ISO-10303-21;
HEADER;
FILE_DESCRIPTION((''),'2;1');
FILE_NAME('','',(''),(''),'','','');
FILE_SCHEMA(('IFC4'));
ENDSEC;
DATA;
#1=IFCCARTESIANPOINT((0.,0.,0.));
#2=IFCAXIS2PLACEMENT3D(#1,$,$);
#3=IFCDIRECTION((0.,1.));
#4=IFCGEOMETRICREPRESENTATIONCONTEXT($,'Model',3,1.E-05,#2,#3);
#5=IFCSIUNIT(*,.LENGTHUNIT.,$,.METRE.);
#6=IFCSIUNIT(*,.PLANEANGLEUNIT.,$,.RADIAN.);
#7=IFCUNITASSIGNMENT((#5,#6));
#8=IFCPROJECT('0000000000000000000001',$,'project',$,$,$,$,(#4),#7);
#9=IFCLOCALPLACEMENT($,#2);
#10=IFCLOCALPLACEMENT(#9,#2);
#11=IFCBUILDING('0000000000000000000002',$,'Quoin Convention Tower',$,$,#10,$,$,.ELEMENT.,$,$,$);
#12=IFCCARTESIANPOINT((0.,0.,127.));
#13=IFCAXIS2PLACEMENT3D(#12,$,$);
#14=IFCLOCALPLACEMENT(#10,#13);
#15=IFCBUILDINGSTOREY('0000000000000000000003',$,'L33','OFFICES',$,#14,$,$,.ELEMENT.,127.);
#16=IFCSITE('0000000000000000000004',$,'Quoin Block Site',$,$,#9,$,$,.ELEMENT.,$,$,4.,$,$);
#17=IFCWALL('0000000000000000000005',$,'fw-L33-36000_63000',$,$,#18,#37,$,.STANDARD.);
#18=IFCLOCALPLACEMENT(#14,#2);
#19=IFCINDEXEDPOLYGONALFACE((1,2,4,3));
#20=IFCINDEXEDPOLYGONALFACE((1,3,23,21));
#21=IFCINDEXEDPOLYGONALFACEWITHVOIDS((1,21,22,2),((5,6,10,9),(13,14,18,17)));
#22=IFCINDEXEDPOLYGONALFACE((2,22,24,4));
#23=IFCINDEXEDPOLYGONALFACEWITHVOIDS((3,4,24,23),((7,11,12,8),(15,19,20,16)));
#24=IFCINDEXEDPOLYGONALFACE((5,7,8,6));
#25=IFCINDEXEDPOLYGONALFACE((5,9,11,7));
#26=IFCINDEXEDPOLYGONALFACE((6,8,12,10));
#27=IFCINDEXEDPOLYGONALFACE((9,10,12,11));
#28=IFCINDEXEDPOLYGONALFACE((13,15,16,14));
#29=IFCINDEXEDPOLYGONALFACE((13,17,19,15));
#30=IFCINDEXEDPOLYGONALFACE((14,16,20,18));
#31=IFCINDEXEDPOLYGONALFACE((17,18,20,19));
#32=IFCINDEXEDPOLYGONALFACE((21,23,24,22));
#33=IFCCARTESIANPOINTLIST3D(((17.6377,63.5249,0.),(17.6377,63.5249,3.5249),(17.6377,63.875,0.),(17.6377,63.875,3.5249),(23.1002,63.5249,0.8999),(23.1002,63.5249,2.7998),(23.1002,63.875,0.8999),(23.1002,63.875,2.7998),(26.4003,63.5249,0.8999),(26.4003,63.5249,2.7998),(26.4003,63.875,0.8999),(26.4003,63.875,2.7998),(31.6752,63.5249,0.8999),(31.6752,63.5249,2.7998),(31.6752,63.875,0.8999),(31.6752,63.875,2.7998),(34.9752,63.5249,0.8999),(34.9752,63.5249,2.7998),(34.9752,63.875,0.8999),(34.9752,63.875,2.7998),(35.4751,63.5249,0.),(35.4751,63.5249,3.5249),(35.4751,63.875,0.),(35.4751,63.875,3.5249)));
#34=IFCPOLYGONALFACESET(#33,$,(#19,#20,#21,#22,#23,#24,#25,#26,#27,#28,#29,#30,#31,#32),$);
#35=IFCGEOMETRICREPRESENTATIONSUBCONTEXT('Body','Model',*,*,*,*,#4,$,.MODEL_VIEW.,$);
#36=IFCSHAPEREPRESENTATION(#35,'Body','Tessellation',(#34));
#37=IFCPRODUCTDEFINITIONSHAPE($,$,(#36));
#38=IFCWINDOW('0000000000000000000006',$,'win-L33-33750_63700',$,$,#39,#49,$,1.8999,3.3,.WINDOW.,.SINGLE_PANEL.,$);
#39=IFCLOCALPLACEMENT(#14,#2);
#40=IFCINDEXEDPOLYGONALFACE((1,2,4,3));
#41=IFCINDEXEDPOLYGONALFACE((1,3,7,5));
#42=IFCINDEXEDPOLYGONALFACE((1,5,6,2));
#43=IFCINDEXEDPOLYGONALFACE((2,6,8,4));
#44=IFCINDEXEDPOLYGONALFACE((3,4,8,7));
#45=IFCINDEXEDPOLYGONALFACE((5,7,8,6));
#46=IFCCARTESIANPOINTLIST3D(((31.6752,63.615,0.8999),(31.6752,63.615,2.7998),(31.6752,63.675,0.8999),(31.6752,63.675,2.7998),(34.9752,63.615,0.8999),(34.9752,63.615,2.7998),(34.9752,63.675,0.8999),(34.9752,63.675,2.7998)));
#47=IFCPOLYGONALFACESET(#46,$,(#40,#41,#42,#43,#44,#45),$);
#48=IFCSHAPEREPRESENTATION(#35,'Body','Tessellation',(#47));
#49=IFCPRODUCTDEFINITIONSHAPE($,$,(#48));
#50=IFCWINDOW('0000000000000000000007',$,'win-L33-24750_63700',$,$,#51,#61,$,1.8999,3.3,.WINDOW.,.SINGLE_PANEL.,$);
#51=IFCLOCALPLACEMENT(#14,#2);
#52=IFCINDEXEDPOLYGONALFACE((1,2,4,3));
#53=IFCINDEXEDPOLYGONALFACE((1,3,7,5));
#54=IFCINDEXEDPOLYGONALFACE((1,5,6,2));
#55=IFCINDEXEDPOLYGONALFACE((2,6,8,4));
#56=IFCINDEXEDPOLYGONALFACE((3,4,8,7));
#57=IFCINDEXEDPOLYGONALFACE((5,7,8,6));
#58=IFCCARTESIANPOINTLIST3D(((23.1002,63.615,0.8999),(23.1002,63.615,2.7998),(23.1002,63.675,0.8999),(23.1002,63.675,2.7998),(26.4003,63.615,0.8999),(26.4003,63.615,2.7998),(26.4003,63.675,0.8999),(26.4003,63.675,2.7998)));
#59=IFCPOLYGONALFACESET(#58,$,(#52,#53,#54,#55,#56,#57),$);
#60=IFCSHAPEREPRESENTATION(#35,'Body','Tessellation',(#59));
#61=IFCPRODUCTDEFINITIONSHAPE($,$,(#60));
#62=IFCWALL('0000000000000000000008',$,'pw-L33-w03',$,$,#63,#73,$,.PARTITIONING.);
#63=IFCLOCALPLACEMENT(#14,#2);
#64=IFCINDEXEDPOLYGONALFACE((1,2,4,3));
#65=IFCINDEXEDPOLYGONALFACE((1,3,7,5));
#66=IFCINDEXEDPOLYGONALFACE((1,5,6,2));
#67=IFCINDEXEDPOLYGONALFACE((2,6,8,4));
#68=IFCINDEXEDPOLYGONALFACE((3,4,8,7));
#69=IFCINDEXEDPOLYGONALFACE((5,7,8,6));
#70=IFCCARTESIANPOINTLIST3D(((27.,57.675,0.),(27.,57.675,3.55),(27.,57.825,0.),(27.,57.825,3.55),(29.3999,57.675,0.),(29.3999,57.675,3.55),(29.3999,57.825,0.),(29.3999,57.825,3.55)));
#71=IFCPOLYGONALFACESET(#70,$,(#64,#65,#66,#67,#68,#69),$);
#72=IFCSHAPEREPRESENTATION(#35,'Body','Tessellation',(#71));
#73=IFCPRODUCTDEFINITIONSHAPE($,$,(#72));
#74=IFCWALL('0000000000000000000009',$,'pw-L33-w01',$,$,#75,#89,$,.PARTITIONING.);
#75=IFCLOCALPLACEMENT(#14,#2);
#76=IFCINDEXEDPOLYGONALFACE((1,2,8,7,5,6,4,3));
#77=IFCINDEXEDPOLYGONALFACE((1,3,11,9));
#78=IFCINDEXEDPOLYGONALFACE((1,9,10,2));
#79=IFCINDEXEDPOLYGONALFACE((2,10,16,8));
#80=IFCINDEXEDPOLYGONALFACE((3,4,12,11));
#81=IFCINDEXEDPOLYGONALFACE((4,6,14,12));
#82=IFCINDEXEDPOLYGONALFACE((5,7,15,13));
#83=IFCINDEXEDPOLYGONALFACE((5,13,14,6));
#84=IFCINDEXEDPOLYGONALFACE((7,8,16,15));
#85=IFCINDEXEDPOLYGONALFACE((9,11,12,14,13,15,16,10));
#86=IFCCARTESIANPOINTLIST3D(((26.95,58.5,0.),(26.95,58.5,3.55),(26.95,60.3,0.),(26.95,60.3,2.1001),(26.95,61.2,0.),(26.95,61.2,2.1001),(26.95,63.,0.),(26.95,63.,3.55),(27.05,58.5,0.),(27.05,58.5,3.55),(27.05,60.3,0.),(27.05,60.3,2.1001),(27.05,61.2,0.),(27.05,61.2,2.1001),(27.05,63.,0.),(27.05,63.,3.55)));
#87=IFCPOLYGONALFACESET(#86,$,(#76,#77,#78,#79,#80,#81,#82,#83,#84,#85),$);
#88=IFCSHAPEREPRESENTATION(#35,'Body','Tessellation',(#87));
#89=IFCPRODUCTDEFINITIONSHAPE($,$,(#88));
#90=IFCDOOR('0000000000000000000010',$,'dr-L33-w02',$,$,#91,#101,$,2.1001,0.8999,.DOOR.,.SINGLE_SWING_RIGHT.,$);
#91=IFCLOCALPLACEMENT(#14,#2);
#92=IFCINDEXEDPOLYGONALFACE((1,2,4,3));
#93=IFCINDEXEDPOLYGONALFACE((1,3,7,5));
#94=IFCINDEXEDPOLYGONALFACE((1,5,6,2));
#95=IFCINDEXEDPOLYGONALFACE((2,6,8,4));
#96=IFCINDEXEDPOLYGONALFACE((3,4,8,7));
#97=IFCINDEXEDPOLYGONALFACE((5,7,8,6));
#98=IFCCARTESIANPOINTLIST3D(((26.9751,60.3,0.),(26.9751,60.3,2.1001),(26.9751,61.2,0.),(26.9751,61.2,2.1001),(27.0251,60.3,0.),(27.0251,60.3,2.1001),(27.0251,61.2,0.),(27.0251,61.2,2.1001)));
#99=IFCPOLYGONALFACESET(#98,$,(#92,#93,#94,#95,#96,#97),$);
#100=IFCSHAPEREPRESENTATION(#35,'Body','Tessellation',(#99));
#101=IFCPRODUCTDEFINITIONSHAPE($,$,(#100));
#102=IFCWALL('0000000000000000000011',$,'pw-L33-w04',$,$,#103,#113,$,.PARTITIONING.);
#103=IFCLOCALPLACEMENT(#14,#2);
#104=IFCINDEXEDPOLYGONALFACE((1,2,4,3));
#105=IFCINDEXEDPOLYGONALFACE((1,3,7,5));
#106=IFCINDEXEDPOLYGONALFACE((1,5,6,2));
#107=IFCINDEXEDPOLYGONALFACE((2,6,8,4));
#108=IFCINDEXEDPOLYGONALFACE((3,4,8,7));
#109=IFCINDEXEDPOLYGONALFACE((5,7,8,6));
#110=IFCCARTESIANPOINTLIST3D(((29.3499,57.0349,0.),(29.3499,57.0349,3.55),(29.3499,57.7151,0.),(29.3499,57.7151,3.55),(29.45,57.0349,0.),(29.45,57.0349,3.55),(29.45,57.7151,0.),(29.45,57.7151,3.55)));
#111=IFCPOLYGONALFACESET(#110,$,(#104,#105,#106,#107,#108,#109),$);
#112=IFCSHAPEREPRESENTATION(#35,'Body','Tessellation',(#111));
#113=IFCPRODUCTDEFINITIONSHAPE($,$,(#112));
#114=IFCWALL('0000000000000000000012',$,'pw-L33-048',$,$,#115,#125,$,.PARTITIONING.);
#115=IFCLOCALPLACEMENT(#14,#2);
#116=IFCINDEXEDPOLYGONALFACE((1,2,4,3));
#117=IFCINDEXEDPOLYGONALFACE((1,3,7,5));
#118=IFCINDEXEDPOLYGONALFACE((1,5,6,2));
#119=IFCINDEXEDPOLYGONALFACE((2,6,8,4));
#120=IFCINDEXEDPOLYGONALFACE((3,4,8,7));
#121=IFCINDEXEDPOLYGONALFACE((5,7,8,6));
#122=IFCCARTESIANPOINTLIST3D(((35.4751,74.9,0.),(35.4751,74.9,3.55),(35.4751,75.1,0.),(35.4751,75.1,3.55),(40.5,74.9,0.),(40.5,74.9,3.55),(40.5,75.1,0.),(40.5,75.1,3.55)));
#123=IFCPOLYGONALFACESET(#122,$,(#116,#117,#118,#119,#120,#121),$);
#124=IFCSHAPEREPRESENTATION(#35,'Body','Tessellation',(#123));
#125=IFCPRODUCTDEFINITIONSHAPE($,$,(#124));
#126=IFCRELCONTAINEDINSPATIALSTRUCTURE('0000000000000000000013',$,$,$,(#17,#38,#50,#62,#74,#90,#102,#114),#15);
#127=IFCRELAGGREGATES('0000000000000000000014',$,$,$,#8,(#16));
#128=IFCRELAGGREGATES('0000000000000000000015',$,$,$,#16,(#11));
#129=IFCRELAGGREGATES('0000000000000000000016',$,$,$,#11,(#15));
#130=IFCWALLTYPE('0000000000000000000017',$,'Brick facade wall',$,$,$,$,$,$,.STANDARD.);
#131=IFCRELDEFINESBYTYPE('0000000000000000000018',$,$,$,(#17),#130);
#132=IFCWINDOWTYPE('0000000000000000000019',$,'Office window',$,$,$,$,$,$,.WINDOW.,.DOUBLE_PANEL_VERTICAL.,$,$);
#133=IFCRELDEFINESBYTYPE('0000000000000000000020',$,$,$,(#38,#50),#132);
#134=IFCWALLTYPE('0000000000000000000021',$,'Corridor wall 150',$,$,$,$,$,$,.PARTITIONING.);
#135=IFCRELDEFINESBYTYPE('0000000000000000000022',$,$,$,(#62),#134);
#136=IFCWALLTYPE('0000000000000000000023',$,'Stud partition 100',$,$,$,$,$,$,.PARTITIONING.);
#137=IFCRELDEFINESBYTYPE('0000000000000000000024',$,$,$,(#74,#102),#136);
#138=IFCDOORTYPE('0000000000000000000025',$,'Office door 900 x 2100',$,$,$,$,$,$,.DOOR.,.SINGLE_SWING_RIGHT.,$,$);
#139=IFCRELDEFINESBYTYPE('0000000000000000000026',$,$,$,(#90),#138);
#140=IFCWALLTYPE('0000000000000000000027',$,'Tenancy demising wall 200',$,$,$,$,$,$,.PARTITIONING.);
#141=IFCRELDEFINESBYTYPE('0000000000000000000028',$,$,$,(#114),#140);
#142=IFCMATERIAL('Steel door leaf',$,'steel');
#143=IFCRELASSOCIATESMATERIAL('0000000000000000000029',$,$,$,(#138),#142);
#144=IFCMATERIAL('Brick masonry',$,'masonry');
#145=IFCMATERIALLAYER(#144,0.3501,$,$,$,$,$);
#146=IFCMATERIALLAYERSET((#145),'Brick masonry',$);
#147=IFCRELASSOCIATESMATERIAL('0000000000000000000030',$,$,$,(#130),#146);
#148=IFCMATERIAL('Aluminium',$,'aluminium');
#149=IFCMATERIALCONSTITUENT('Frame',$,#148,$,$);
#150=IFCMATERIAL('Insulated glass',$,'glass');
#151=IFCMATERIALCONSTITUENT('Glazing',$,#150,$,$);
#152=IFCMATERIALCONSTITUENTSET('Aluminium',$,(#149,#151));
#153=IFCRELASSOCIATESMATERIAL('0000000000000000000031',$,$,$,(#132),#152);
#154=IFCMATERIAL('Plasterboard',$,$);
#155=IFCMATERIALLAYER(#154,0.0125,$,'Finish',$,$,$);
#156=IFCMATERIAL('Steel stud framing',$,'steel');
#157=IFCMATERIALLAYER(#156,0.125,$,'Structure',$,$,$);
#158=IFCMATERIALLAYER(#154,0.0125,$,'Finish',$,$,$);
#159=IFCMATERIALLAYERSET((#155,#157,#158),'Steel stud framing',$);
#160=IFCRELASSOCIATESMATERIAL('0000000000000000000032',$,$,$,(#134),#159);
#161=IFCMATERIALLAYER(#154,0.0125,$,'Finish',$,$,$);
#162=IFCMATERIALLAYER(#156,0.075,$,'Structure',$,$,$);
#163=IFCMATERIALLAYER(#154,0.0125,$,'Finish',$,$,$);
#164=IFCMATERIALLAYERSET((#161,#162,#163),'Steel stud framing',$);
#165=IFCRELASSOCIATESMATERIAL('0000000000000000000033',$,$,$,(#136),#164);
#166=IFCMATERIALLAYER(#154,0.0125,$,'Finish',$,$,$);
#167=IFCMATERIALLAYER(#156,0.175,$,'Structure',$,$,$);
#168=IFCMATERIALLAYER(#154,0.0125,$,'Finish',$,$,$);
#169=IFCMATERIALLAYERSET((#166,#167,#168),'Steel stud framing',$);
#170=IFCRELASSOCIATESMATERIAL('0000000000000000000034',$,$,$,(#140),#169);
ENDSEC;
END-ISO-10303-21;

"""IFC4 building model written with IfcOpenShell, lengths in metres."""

from ifc_helpers import new_model, si_unit, direction, frame, frame_2d, origin, place, context, subcontext, project, spatial, rectangle, extrude, material, layer, layer_set, constituent, constituent_set, type_object, element, fill, save


model = new_model("IFC4")

# Units and contexts
model_context = context("Model", 3, precision=1e-05, world=origin(), true_north=direction((0.0, 1.0)))
body_context = subcontext(model_context, "Body", "Model", "MODEL_VIEW")
ifc_project = project(units=[si_unit("LENGTHUNIT", "METRE"), si_unit("PLANEANGLEUNIT", "RADIAN")], contexts=[model_context])

# Site, building, storey
site_placement = place(None, origin())
site = spatial("IfcSite", under=ifc_project, at=site_placement, Name="Quoin Block Site", CompositionType="ELEMENT", RefElevation=4.0)
building_placement = place(site_placement, origin())
building = spatial("IfcBuilding", under=site, at=building_placement, Name="Quoin Convention Tower", CompositionType="ELEMENT")
storey_placement = place(building_placement, frame((0.0, 0.0, 127.0)))
storey = spatial("IfcBuildingStorey", under=building, at=storey_placement, Name="L33", Description="OFFICES", CompositionType="ELEMENT", Elevation=127.0)

# Shared definitions
ifc_material_1 = material(Name="Plasterboard")
ifc_material_2 = material(Name="Steel stud framing", Category="steel")
ifc_material_3 = material(Name="Steel door leaf", Category="steel")
door_type = type_object("IfcDoorType", Name="Office door 900 x 2100", OperationType="SINGLE_SWING_RIGHT", PredefinedType="DOOR", material=ifc_material_3)

# Shared definitions
ifc_material_4 = material(Name="Brick masonry", Category="masonry")
ifc_layer_1 = layer(ifc_material_4, 0.3501)
ifc_layer_set_1 = layer_set([ifc_layer_1], Name="Brick masonry")
wall_type_1 = type_object("IfcWallType", Name="Brick facade wall", PredefinedType="STANDARD", material=ifc_layer_set_1)
ifc_material_5 = material(Name="Aluminium", Category="aluminium")
ifc_constituent_1 = constituent(ifc_material_5, Name="Frame")
ifc_material_6 = material(Name="Insulated glass", Category="glass")
ifc_constituent_2 = constituent(ifc_material_6, Name="Glazing")
ifc_constituent_set = constituent_set(constituents=[ifc_constituent_1, ifc_constituent_2], Name="Aluminium")
window_type = type_object("IfcWindowType", Name="Office window", PartitioningType="DOUBLE_PANEL_VERTICAL", PredefinedType="WINDOW", material=ifc_constituent_set)

# Wall, openings, windows
wall_1_placement = place(storey_placement, frame((35.4751, 63.7, 0.0), z_axis=(0.0, 0.0, 1.0), x_axis=(-1.0, 0.0, 0.0)))
wall_1 = element("IfcWall", 1, at=wall_1_placement, inside=storey, type_object=wall_type_1, Name="fw-L33-36000_63000", PredefinedType="STANDARD", context=body_context, shape_type="SweptSolid", body=[
    extrude(rectangle(XDim=17.8374, YDim=0.3501, at=frame_2d((8.9187, 0.0))), origin(), (0.0, 0.0, 1.0), 3.5249),
])
opening_1_placement = place(wall_1_placement, frame((0.5, 0.0, 0.8999)))
opening_1 = element("IfcOpeningElement", 2, at=opening_1_placement, cuts=wall_1, PredefinedType="OPENING", context=body_context, shape_type="SweptSolid", body=[
    extrude(rectangle(XDim=3.3, YDim=1.8999, at=frame_2d((1.6499, 0.95))), frame((0.0, 0.1851, 0.0), z_axis=(0.0, -1.0, 0.0), x_axis=(1.0, 0.0, 0.0)), (0.0, 0.0, 1.0), 0.3701),
])
opening_2_placement = place(wall_1_placement, frame((9.075, 0.0, 0.8999)))
opening_2 = element("IfcOpeningElement", 3, at=opening_2_placement, cuts=wall_1, PredefinedType="OPENING", context=body_context, shape_type="SweptSolid", body=[
    extrude(rectangle(XDim=3.3, YDim=1.8999, at=frame_2d((1.6499, 0.95))), frame((0.0, 0.1851, 0.0), z_axis=(0.0, -1.0, 0.0), x_axis=(1.0, 0.0, 0.0)), (0.0, 0.0, 1.0), 0.3701),
])
window_1_placement = place(opening_1_placement, origin())
window_1 = element("IfcWindow", 4, at=window_1_placement, inside=storey, type_object=window_type, Name="win-L33-33750_63700", OverallHeight=1.8999, OverallWidth=3.3, PartitioningType="SINGLE_PANEL", PredefinedType="WINDOW", context=body_context, shape_type="SweptSolid", body=[
    extrude(rectangle(XDim=3.3, YDim=1.8999, at=frame_2d((1.6499, 0.95))), frame((0.0, 0.085, 0.0), z_axis=(0.0, -1.0, 0.0), x_axis=(1.0, 0.0, 0.0)), (0.0, 0.0, 1.0), 0.0601),
])
fill(opening_1, window_1)
window_2_placement = place(opening_2_placement, origin())
window_2 = element("IfcWindow", 5, at=window_2_placement, inside=storey, type_object=window_type, Name="win-L33-24750_63700", OverallHeight=1.8999, OverallWidth=3.3, PartitioningType="SINGLE_PANEL", PredefinedType="WINDOW", context=body_context, shape_type="SweptSolid", body=[
    extrude(rectangle(XDim=3.3, YDim=1.8999, at=frame_2d((1.6499, 0.95))), frame((0.0, 0.085, 0.0), z_axis=(0.0, -1.0, 0.0), x_axis=(1.0, 0.0, 0.0)), (0.0, 0.0, 1.0), 0.0601),
])
fill(opening_2, window_2)

# Wall
ifc_layer_2 = layer(ifc_material_1, 0.0125, Name="Finish")
ifc_layer_3 = layer(ifc_material_2, 0.125, Name="Structure")
ifc_layer_4 = layer(ifc_material_1, 0.0125, Name="Finish")
ifc_layer_set_2 = layer_set([ifc_layer_2, ifc_layer_3, ifc_layer_4], Name="Steel stud framing")
wall_type_2 = type_object("IfcWallType", Name="Corridor wall 150", PredefinedType="PARTITIONING", material=ifc_layer_set_2)
wall_2_placement = place(storey_placement, frame((27.0, 57.75, 0.0), z_axis=(0.0, 0.0, 1.0), x_axis=(1.0, 0.0, 0.0)))
element("IfcWall", 6, at=wall_2_placement, inside=storey, type_object=wall_type_2, Name="pw-L33-w03", PredefinedType="PARTITIONING", context=body_context, shape_type="SweptSolid", body=[
    extrude(rectangle(XDim=2.3999, YDim=0.1499, at=frame_2d((1.2, 0.0))), origin(), (0.0, 0.0, 1.0), 3.55),
])

# Wall, opening, door
ifc_layer_5 = layer(ifc_material_1, 0.0125, Name="Finish")
ifc_layer_6 = layer(ifc_material_2, 0.075, Name="Structure")
ifc_layer_7 = layer(ifc_material_1, 0.0125, Name="Finish")
ifc_layer_set_3 = layer_set([ifc_layer_5, ifc_layer_6, ifc_layer_7], Name="Steel stud framing")
wall_type_3 = type_object("IfcWallType", Name="Stud partition 100", PredefinedType="PARTITIONING", material=ifc_layer_set_3)
wall_3_placement = place(storey_placement, frame((27.0, 63.0, 0.0), z_axis=(0.0, 0.0, 1.0), x_axis=(0.0, -1.0, 0.0)))
wall_3 = element("IfcWall", 7, at=wall_3_placement, inside=storey, type_object=wall_type_3, Name="pw-L33-w01", PredefinedType="PARTITIONING", context=body_context, shape_type="SweptSolid", body=[
    extrude(rectangle(XDim=4.5, YDim=0.1001, at=frame_2d((2.25, 0.0))), origin(), (0.0, 0.0, 1.0), 3.55),
])
opening_3_placement = place(wall_3_placement, frame((1.8, 0.0, 0.0)))
opening_3 = element("IfcOpeningElement", 8, at=opening_3_placement, cuts=wall_3, PredefinedType="OPENING", context=body_context, shape_type="SweptSolid", body=[
    extrude(rectangle(XDim=0.8999, YDim=2.1001, at=frame_2d((0.45, 1.05))), frame((0.0, 0.0601, 0.0), z_axis=(0.0, -1.0, 0.0), x_axis=(1.0, 0.0, 0.0)), (0.0, 0.0, 1.0), 0.1201),
])
door_1_placement = place(opening_3_placement, frame((0.8999, 0.0, 0.0), z_axis=(0.0, 0.0, 1.0), x_axis=(-1.0, 0.0, 0.0)))
door_1 = element("IfcDoor", 9, at=door_1_placement, inside=storey, type_object=door_type, Name="dr-L33-w02", OperationType="SINGLE_SWING_RIGHT", OverallHeight=2.1001, OverallWidth=0.8999, PredefinedType="DOOR", context=body_context, shape_type="SweptSolid", body=[
    extrude(rectangle(XDim=0.8999, YDim=2.1001, at=frame_2d((0.45, 1.05))), frame((0.0, 0.0249, 0.0), z_axis=(0.0, -1.0, 0.0), x_axis=(1.0, 0.0, 0.0)), (0.0, 0.0, 1.0), 0.05),
])
fill(opening_3, door_1)

# Walls
wall_4_placement = place(storey_placement, frame((29.3999, 57.7151, 0.0), z_axis=(0.0, 0.0, 1.0), x_axis=(0.0, -1.0, 0.0)))
element("IfcWall", 10, at=wall_4_placement, inside=storey, type_object=wall_type_3, Name="pw-L33-w04", PredefinedType="PARTITIONING", context=body_context, shape_type="SweptSolid", body=[
    extrude(rectangle(XDim=0.6802, YDim=0.1001, at=frame_2d((0.3401, 0.0))), origin(), (0.0, 0.0, 1.0), 3.55),
])
ifc_layer_8 = layer(ifc_material_1, 0.0125, Name="Finish")
ifc_layer_9 = layer(ifc_material_2, 0.175, Name="Structure")
ifc_layer_10 = layer(ifc_material_1, 0.0125, Name="Finish")
ifc_layer_set_4 = layer_set([ifc_layer_8, ifc_layer_9, ifc_layer_10], Name="Steel stud framing")
wall_type_4 = type_object("IfcWallType", Name="Tenancy demising wall 200", PredefinedType="PARTITIONING", material=ifc_layer_set_4)
wall_5_placement = place(storey_placement, frame((35.4751, 75.0, 0.0), z_axis=(0.0, 0.0, 1.0), x_axis=(1.0, 0.0, 0.0)))
element("IfcWall", 11, at=wall_5_placement, inside=storey, type_object=wall_type_4, Name="pw-L33-048", PredefinedType="PARTITIONING", context=body_context, shape_type="SweptSolid", body=[
    extrude(rectangle(XDim=5.0249, YDim=0.2, at=frame_2d((2.5125, 0.0))), origin(), (0.0, 0.0, 1.0), 3.55),
])

save(model, "model.ifc")
